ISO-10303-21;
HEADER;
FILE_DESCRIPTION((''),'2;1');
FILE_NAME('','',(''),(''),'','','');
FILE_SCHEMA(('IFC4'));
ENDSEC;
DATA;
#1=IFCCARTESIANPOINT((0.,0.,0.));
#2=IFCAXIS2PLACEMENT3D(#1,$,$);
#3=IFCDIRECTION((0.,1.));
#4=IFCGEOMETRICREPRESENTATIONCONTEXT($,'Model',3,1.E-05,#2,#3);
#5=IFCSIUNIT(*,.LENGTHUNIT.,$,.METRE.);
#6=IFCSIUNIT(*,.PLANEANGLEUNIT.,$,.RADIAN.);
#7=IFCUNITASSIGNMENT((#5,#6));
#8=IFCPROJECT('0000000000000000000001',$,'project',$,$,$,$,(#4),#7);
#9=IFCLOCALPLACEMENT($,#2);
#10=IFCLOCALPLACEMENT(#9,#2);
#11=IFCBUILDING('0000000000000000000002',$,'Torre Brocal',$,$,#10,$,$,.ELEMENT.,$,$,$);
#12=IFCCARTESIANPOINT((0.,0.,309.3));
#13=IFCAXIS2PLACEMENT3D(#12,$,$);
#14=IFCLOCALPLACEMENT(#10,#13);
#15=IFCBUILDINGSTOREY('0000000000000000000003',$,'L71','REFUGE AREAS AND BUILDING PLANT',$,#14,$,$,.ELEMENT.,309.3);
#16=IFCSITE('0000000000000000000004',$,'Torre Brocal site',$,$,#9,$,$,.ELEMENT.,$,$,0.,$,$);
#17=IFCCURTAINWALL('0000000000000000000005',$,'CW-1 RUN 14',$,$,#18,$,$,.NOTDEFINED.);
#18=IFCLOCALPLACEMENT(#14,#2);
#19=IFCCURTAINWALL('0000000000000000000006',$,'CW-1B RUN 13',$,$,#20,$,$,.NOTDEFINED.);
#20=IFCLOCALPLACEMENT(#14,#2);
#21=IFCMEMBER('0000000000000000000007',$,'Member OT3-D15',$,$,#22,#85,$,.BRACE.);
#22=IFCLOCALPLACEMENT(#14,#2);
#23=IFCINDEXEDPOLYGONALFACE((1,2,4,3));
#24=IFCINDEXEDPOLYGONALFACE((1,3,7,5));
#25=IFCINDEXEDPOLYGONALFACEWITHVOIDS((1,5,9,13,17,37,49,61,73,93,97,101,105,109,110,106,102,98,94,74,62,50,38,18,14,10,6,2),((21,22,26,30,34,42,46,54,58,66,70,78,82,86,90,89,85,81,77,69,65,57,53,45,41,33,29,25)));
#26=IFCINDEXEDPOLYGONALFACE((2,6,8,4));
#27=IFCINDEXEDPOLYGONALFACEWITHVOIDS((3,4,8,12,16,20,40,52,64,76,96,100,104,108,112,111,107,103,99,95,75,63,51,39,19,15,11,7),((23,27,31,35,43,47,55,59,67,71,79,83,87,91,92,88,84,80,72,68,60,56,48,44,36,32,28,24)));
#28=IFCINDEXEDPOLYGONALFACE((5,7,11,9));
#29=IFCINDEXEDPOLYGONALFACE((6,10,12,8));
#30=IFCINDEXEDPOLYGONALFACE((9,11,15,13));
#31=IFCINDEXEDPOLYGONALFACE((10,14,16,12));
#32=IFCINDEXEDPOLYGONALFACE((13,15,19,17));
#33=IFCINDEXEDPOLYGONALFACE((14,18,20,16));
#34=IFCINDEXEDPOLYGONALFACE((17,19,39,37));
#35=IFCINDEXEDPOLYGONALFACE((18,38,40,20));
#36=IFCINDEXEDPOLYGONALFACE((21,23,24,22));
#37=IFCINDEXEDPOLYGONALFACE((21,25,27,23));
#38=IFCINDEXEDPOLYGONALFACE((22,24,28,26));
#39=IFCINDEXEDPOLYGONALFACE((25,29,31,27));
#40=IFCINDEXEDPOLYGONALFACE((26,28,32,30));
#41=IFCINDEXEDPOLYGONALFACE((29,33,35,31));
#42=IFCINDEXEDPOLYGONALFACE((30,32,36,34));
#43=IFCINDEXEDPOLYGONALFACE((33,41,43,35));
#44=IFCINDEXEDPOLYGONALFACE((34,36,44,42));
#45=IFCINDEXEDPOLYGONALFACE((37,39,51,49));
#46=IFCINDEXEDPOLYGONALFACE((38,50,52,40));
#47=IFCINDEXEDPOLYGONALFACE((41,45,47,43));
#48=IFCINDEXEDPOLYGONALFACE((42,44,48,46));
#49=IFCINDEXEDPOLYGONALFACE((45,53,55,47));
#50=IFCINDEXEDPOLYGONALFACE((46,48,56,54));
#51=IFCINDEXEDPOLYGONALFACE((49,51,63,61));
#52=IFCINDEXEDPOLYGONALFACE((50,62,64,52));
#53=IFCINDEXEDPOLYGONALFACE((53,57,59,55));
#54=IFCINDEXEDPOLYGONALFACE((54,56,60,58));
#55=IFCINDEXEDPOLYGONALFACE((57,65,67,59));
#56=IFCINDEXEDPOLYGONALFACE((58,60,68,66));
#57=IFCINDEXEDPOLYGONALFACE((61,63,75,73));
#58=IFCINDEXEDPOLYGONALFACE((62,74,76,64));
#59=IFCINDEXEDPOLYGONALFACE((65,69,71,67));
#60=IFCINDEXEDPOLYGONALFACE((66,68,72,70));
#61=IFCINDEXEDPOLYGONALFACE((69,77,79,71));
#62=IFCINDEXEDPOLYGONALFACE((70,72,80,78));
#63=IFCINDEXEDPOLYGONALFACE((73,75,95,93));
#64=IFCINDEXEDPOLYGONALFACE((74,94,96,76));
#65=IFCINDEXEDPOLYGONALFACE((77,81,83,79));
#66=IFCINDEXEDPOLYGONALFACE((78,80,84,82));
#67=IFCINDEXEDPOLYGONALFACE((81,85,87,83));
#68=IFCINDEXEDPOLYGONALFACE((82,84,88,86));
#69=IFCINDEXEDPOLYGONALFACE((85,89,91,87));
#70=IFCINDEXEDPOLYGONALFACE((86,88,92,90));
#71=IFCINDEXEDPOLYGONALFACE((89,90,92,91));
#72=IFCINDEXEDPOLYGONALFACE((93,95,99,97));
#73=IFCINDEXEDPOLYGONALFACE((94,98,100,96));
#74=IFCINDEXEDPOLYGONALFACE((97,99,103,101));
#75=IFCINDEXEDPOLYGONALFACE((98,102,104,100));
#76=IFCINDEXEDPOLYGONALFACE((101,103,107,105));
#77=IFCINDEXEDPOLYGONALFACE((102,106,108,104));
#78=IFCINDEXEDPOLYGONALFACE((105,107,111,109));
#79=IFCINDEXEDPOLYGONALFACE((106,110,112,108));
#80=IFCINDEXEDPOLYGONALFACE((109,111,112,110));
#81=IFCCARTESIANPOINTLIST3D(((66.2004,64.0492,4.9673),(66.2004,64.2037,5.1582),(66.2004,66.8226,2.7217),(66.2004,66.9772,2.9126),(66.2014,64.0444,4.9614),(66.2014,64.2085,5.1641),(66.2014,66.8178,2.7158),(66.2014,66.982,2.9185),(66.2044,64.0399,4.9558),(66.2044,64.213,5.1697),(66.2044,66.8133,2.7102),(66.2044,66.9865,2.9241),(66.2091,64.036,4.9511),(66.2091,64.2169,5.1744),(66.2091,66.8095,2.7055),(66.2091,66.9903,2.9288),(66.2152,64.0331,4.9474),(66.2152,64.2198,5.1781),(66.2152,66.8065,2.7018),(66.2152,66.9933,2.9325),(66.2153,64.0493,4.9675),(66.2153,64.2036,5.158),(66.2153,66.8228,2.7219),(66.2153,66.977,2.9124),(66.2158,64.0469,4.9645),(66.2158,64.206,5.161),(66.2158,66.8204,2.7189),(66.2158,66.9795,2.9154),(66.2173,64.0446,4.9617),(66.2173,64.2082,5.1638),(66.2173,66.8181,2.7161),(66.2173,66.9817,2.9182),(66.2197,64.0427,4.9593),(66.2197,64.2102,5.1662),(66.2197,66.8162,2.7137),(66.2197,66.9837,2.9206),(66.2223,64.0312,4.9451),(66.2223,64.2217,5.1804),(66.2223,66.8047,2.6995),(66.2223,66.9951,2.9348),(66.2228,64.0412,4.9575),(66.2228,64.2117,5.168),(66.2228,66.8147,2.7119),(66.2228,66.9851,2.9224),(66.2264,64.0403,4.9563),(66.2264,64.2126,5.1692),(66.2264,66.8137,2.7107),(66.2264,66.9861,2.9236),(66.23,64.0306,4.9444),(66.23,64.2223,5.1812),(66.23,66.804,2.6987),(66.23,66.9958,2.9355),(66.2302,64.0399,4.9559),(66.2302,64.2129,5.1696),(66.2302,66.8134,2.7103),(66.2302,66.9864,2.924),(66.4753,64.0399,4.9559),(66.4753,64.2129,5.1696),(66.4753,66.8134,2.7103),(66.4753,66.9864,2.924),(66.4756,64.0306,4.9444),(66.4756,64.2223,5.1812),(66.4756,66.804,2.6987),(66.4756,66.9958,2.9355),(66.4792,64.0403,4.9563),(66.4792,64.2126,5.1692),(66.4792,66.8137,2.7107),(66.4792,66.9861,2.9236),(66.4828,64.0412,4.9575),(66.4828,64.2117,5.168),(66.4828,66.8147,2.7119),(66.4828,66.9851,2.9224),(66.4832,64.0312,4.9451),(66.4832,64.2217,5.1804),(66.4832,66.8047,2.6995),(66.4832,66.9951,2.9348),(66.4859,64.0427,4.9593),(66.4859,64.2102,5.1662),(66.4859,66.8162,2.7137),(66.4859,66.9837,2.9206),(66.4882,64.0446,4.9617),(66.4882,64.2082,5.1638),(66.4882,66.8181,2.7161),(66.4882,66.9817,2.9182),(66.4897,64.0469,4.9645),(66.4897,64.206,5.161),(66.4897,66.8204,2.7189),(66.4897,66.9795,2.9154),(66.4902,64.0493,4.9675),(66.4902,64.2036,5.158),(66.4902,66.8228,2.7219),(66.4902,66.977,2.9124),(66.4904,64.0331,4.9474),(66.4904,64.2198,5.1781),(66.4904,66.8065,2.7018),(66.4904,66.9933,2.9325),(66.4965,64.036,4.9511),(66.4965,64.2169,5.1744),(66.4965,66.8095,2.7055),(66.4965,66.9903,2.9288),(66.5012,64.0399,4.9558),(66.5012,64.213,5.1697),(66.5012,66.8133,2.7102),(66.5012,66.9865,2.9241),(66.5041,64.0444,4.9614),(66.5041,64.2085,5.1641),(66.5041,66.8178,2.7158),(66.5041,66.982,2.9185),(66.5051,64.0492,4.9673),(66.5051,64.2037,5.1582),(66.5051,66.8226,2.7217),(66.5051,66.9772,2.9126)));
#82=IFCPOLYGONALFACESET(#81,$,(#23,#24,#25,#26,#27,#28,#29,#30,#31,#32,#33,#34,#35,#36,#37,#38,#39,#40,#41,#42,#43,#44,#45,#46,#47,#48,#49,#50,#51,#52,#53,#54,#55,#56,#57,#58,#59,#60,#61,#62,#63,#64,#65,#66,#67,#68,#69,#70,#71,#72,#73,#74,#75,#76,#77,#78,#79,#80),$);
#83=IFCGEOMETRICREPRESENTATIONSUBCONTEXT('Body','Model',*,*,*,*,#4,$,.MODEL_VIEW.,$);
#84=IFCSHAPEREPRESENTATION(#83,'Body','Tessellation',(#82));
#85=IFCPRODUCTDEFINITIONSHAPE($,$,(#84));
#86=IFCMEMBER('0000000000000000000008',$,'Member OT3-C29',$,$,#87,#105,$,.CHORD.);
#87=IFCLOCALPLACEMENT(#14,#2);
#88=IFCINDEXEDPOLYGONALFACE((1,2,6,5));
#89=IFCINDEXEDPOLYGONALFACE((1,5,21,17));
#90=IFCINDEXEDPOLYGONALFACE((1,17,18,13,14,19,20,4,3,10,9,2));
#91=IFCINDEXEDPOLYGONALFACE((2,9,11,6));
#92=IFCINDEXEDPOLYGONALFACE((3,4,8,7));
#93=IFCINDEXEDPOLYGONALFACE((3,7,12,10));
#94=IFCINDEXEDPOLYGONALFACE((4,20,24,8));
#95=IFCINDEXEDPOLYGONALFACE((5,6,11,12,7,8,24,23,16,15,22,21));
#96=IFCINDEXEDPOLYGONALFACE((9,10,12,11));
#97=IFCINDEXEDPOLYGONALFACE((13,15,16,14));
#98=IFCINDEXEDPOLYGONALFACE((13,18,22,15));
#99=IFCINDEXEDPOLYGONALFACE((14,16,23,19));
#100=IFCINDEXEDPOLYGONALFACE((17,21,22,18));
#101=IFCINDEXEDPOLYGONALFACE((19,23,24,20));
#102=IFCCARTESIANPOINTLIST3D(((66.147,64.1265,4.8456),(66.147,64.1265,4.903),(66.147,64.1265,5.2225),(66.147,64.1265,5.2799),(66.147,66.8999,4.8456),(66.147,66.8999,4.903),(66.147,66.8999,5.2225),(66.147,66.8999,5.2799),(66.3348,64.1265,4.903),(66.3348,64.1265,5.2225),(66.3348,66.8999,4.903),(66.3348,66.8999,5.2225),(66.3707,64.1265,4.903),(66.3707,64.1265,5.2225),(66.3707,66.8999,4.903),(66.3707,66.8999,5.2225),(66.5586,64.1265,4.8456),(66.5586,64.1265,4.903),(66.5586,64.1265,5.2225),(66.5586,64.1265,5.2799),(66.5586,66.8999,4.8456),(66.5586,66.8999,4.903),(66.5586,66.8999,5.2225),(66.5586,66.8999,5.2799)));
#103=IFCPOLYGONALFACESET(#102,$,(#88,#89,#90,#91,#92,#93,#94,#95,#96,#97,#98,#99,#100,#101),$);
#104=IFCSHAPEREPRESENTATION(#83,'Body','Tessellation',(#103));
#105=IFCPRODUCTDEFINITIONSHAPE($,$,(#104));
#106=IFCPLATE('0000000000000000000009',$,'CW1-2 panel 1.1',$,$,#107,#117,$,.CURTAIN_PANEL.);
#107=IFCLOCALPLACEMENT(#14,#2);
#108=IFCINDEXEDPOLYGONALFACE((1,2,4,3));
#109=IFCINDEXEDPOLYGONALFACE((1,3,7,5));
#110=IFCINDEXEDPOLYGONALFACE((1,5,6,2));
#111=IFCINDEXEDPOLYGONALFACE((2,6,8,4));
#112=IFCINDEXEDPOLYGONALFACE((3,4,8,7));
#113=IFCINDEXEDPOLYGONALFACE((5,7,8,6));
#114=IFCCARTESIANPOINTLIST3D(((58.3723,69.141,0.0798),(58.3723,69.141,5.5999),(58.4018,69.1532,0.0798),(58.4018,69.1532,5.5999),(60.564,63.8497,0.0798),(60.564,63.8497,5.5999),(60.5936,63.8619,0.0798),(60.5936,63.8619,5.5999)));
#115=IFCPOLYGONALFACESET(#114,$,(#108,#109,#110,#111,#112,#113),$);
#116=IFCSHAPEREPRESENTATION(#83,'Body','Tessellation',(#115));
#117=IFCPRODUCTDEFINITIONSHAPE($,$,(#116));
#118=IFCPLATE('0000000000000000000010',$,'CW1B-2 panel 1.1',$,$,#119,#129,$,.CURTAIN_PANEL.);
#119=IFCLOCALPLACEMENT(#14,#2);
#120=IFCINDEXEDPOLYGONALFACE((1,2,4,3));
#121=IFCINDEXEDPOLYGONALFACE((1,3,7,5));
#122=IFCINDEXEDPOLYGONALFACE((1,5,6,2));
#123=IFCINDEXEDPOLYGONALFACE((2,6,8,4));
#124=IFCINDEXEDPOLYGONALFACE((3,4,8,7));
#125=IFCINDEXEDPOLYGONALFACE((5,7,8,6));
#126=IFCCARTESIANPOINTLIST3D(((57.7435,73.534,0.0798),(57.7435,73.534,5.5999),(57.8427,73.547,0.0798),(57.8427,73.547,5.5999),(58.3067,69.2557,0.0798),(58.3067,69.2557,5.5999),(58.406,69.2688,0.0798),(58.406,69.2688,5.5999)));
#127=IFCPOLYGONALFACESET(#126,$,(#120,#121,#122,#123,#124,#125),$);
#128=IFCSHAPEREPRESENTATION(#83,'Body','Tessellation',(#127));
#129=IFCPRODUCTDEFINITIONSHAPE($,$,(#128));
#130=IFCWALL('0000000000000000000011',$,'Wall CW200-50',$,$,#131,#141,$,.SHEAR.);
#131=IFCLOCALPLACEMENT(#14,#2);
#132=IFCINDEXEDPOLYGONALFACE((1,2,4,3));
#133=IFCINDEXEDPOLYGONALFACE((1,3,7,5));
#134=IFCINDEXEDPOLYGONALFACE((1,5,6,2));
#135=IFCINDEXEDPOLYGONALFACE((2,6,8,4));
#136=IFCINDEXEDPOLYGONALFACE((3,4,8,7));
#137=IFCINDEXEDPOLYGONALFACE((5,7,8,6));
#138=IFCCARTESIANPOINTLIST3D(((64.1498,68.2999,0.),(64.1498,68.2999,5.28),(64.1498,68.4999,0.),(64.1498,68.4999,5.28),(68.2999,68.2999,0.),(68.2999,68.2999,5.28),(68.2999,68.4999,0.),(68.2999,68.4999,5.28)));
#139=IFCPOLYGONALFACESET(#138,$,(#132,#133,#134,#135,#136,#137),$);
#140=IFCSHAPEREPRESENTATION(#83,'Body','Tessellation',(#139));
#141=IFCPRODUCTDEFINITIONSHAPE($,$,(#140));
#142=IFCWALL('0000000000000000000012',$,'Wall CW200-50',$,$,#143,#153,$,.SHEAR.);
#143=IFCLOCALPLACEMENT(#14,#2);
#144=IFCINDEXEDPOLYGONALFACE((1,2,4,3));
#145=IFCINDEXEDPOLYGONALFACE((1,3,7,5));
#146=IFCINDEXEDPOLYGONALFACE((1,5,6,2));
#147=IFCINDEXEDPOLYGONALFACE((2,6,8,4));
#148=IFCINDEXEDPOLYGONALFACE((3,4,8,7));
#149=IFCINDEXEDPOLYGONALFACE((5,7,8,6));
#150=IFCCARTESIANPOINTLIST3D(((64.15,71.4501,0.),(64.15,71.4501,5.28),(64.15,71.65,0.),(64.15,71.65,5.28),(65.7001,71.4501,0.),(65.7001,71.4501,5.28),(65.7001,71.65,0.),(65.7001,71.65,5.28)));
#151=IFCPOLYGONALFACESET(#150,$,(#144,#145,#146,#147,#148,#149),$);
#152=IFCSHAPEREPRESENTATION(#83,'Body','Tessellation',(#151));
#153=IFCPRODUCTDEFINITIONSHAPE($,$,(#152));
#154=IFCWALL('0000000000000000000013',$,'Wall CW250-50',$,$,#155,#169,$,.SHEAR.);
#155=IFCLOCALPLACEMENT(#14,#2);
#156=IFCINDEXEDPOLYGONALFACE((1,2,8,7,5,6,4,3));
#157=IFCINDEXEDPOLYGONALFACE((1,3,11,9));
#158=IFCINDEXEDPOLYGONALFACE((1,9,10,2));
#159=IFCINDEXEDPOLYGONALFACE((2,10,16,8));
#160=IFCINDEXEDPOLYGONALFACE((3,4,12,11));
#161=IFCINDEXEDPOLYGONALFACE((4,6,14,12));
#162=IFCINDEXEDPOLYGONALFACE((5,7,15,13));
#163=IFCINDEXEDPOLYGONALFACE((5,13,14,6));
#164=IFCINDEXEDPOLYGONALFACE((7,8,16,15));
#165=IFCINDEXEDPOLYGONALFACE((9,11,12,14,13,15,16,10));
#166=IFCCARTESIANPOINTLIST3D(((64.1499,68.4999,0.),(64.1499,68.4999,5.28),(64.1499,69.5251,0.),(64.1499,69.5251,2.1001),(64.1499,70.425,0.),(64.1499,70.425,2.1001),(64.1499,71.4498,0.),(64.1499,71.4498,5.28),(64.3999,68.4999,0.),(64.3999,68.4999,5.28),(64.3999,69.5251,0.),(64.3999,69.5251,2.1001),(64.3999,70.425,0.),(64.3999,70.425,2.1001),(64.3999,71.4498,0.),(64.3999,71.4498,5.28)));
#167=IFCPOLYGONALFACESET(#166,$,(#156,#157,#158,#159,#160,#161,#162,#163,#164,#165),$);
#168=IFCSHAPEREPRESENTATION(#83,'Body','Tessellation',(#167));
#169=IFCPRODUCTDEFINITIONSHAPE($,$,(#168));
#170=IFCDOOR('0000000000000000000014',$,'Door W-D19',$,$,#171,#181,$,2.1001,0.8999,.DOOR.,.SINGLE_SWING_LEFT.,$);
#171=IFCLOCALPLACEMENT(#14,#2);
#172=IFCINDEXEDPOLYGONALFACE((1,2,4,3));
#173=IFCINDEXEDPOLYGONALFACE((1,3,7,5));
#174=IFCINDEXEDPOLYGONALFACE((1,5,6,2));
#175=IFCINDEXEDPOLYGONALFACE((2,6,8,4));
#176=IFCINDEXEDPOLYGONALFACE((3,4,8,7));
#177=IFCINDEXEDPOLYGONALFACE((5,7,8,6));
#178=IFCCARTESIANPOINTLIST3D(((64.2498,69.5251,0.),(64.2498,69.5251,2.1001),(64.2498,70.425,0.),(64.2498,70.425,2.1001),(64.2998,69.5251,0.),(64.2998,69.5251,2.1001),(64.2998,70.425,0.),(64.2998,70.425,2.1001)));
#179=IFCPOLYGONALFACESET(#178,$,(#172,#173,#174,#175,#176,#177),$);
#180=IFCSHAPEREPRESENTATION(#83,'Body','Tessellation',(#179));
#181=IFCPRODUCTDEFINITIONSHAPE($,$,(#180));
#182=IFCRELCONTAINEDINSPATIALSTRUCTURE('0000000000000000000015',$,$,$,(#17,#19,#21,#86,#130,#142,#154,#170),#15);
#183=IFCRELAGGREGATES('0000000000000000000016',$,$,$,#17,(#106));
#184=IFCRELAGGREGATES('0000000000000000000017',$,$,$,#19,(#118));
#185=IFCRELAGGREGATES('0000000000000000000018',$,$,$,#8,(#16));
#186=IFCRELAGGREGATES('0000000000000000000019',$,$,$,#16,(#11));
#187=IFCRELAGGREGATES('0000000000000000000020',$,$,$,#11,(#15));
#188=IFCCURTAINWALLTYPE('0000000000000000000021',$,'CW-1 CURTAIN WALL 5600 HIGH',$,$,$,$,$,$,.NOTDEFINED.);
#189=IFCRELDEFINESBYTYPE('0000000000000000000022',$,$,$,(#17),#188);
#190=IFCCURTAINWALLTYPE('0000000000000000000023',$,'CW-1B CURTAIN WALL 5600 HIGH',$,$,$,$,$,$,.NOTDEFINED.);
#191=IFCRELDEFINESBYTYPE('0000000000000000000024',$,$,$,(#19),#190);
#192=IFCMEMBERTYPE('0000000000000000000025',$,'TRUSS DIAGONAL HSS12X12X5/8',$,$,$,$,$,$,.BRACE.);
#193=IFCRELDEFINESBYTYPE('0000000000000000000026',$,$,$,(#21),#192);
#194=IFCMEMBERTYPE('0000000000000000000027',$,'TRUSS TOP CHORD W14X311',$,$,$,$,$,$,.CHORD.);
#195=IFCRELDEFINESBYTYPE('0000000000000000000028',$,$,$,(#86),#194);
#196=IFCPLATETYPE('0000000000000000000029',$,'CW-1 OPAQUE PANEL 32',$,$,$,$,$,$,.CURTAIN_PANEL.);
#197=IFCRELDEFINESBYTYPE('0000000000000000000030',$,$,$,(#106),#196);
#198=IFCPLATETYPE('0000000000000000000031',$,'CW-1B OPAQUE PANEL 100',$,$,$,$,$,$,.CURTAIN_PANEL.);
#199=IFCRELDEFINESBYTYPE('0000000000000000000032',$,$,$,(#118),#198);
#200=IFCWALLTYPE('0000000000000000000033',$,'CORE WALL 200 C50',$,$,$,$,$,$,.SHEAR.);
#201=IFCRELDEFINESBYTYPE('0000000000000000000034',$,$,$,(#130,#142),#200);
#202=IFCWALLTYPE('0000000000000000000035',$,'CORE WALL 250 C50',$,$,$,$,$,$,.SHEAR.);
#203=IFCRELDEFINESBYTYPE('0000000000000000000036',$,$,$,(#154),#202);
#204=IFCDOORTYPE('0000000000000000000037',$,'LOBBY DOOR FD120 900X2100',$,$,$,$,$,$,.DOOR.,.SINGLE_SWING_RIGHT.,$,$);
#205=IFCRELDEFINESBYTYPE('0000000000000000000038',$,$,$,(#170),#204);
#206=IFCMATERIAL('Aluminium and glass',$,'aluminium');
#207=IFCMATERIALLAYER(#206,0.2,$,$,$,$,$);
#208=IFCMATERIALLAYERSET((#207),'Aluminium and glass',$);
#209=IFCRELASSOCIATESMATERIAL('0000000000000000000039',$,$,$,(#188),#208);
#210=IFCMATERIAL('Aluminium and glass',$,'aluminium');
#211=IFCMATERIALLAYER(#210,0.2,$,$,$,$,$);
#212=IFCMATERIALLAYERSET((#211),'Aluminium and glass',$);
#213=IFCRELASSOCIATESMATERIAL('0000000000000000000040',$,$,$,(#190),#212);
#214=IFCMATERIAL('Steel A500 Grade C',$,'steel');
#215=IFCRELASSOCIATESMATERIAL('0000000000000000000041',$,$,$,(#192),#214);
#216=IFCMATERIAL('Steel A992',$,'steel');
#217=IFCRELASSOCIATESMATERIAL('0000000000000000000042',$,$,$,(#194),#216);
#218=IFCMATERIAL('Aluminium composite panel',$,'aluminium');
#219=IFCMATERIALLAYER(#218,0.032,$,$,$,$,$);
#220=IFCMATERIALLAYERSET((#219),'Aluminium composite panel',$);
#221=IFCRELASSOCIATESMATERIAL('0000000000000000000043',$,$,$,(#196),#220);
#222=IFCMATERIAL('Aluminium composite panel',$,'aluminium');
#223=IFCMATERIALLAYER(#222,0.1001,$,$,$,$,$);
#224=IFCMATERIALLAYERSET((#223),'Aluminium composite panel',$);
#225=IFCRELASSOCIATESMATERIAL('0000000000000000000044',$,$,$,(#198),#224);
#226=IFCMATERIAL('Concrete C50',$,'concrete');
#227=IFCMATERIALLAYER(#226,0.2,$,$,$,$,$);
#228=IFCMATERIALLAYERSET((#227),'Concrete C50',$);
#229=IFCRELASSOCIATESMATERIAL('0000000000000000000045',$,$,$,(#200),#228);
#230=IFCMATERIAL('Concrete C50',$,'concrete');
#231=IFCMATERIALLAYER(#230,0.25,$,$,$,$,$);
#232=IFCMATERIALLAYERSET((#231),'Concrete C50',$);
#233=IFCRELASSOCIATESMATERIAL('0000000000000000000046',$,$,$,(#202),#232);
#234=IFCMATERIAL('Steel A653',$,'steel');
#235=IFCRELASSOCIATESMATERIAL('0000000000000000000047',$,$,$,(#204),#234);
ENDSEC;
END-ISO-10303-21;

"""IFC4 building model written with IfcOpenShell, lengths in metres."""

from ifc_helpers import new_model, si_unit, direction, frame, frame_2d, origin, origin_2d, place, context, subcontext, project, spatial, rectangle, hollow_rectangle, i_section, extrude, material, layer, layer_set, material_profile, profile_set, type_object, element, fill, aggregate, save


model = new_model("IFC4")

# Units and contexts
model_context = context("Model", 3, precision=1e-05, world=origin(), true_north=direction((0.0, 1.0)))
body_context = subcontext(model_context, "Body", "Model", "MODEL_VIEW")
ifc_project = project(units=[si_unit("LENGTHUNIT", "METRE"), si_unit("PLANEANGLEUNIT", "RADIAN")], contexts=[model_context])

# Site, building, storey
site_placement = place(None, origin())
site = spatial("IfcSite", under=ifc_project, at=site_placement, Name="Torre Brocal site", CompositionType="ELEMENT", RefElevation=0.0)
building_placement = place(site_placement, origin())
building = spatial("IfcBuilding", under=site, at=building_placement, Name="Torre Brocal", CompositionType="ELEMENT")
storey_placement = place(building_placement, frame((0.0, 0.0, 309.3)))
storey = spatial("IfcBuildingStorey", under=building, at=storey_placement, Name="L71", Description="REFUGE AREAS AND BUILDING PLANT", CompositionType="ELEMENT", Elevation=309.3)

# Curtain wall
ifc_material_1 = material(Name="Aluminium and glass", Category="aluminium")
ifc_layer_1 = layer(ifc_material_1, 0.2)
ifc_layer_set_1 = layer_set([ifc_layer_1], Name="Aluminium and glass")
curtain_wall_type_1 = type_object("IfcCurtainWallType", Name="CW-1 CURTAIN WALL 5600 HIGH", PredefinedType="NOTDEFINED", material=ifc_layer_set_1)
curtain_wall_1_placement = place(storey_placement, origin())
curtain_wall_1 = element("IfcCurtainWall", 1, at=curtain_wall_1_placement, inside=storey, type_object=curtain_wall_type_1, Name="CW-1 RUN 14", PredefinedType="NOTDEFINED")

# Curtain wall
ifc_material_2 = material(Name="Aluminium and glass", Category="aluminium")
ifc_layer_2 = layer(ifc_material_2, 0.2)
ifc_layer_set_2 = layer_set([ifc_layer_2], Name="Aluminium and glass")
curtain_wall_type_2 = type_object("IfcCurtainWallType", Name="CW-1B CURTAIN WALL 5600 HIGH", PredefinedType="NOTDEFINED", material=ifc_layer_set_2)
curtain_wall_2_placement = place(storey_placement, origin())
curtain_wall_2 = element("IfcCurtainWall", 2, at=curtain_wall_2_placement, inside=storey, type_object=curtain_wall_type_2, Name="CW-1B RUN 13", PredefinedType="NOTDEFINED")

# Members
ifc_material_3 = material(Name="Steel A500 Grade C", Category="steel")
ifc_material_profile_1 = material_profile(ifc_material_3, hollow_rectangle(XDim=0.3047, YDim=0.3047, WallThickness=0.0149, InnerFilletRadius=0.0149, OuterFilletRadius=0.0295, at=origin_2d()), Name="HSS12X12X5/8")
ifc_profile_set_1 = profile_set([ifc_material_profile_1], Name="Steel A500 Grade C")
member_type_1 = type_object("IfcMemberType", Name="TRUSS DIAGONAL HSS12X12X5/8", PredefinedType="BRACE", material=ifc_profile_set_1)
member_1_placement = place(storey_placement, frame((66.3528, 66.8999, 2.8171), z_axis=(0.0, -0.777184, 0.629273), x_axis=(1.0, 0.0, 0.0)))
element("IfcMember", 3, at=member_1_placement, inside=storey, type_object=member_type_1, Name="Member OT3-D15", PredefinedType="BRACE", context=body_context, shape_type="SweptSolid", body=[
    extrude(hollow_rectangle(XDim=0.3047, YDim=0.3047, WallThickness=0.0149, InnerFilletRadius=0.0149, OuterFilletRadius=0.0295, at=origin_2d()), origin(), (0.0, 0.0, 1.0), 3.5686),
])
ifc_material_4 = material(Name="Steel A992", Category="steel")
ifc_material_profile_2 = material_profile(ifc_material_4, i_section(OverallWidth=0.4116, OverallDepth=0.4343, WebThickness=0.0359, FlangeThickness=0.0574, at=origin_2d()), Name="W14X311")
ifc_profile_set_2 = profile_set([ifc_material_profile_2], Name="Steel A992")
member_type_2 = type_object("IfcMemberType", Name="TRUSS TOP CHORD W14X311", PredefinedType="CHORD", material=ifc_profile_set_2)
member_2_placement = place(storey_placement, frame((66.3528, 66.8999, 5.0627), z_axis=(0.0, -1.0, 0.0), x_axis=(1.0, 0.0, 0.0)))
element("IfcMember", 4, at=member_2_placement, inside=storey, type_object=member_type_2, Name="Member OT3-C29", PredefinedType="CHORD", context=body_context, shape_type="SweptSolid", body=[
    extrude(i_section(OverallWidth=0.4116, OverallDepth=0.4343, WebThickness=0.0359, FlangeThickness=0.0574, at=origin_2d()), origin(), (0.0, 0.0, 1.0), 2.7734),
])

# Plates
ifc_material_5 = material(Name="Aluminium composite panel", Category="aluminium")
ifc_layer_3 = layer(ifc_material_5, 0.032)
ifc_layer_set_3 = layer_set([ifc_layer_3], Name="Aluminium composite panel")
plate_type_1 = type_object("IfcPlateType", Name="CW-1 OPAQUE PANEL 32", PredefinedType="CURTAIN_PANEL", material=ifc_layer_set_3)
plate_1_placement = place(storey_placement, frame((59.4829, 66.5015, 0.0798), z_axis=(0.0, 0.0, 1.0), x_axis=(0.382683, -0.92388, 0.0)))
plate_1 = element("IfcPlate", 5, at=plate_1_placement, type_object=plate_type_1, Name="CW1-2 panel 1.1", PredefinedType="CURTAIN_PANEL", context=body_context, shape_type="SweptSolid", body=[
    extrude(rectangle(XDim=5.7273, YDim=0.032, at=origin_2d()), origin(), (0.0, 0.0, 1.0), 5.52),
])
aggregate(curtain_wall_1, [plate_1])
ifc_material_6 = material(Name="Aluminium composite panel", Category="aluminium")
ifc_layer_4 = layer(ifc_material_6, 0.1001)
ifc_layer_set_4 = layer_set([ifc_layer_4], Name="Aluminium composite panel")
plate_type_2 = type_object("IfcPlateType", Name="CW-1B OPAQUE PANEL 100", PredefinedType="CURTAIN_PANEL", material=ifc_layer_set_4)
plate_2_placement = place(storey_placement, frame((58.0747, 71.4014, 0.0798), z_axis=(0.0, 0.0, 1.0), x_axis=(0.130526, -0.991445, 0.0)))
plate_2 = element("IfcPlate", 6, at=plate_2_placement, type_object=plate_type_2, Name="CW1B-2 panel 1.1", PredefinedType="CURTAIN_PANEL", context=body_context, shape_type="SweptSolid", body=[
    extrude(rectangle(XDim=4.3152, YDim=0.1001, at=origin_2d()), origin(), (0.0, 0.0, 1.0), 5.52),
])
aggregate(curtain_wall_2, [plate_2])

# Walls
ifc_material_7 = material(Name="Concrete C50", Category="concrete")
ifc_layer_5 = layer(ifc_material_7, 0.2)
ifc_layer_set_5 = layer_set([ifc_layer_5], Name="Concrete C50")
wall_type_1 = type_object("IfcWallType", Name="CORE WALL 200 C50", PredefinedType="SHEAR", material=ifc_layer_set_5)
wall_1_placement = place(storey_placement, frame((68.3, 68.3999, 0.0), z_axis=(0.0, 0.0, 1.0), x_axis=(-1.0, 0.0, 0.0)))
element("IfcWall", 7, at=wall_1_placement, inside=storey, type_object=wall_type_1, Name="Wall CW200-50", PredefinedType="SHEAR", context=body_context, shape_type="SweptSolid", body=[
    extrude(rectangle(XDim=4.1501, YDim=0.2, at=frame_2d((2.0752, 0.0))), origin(), (0.0, 0.0, 1.0), 5.28),
])
wall_2_placement = place(storey_placement, frame((65.7, 71.55, 0.0), z_axis=(0.0, 0.0, 1.0), x_axis=(-1.0, 0.0, 0.0)))
element("IfcWall", 8, at=wall_2_placement, inside=storey, type_object=wall_type_1, Name="Wall CW200-50", PredefinedType="SHEAR", context=body_context, shape_type="SweptSolid", body=[
    extrude(rectangle(XDim=1.55, YDim=0.2, at=frame_2d((0.7749, 0.0))), origin(), (0.0, 0.0, 1.0), 5.28),
])

# Wall, opening, door
ifc_material_8 = material(Name="Concrete C50", Category="concrete")
ifc_layer_6 = layer(ifc_material_8, 0.25)
ifc_layer_set_6 = layer_set([ifc_layer_6], Name="Concrete C50")
wall_type_2 = type_object("IfcWallType", Name="CORE WALL 250 C50", PredefinedType="SHEAR", material=ifc_layer_set_6)
wall_3_placement = place(storey_placement, frame((64.2749, 71.45, 0.0), z_axis=(0.0, 0.0, 1.0), x_axis=(0.0, -1.0, 0.0)))
wall_3 = element("IfcWall", 9, at=wall_3_placement, inside=storey, type_object=wall_type_2, Name="Wall CW250-50", PredefinedType="SHEAR", context=body_context, shape_type="SweptSolid", body=[
    extrude(rectangle(XDim=2.95, YDim=0.25, at=frame_2d((1.4751, 0.0))), origin(), (0.0, 0.0, 1.0), 5.28),
])
opening_1_placement = place(wall_3_placement, frame((1.0249, 0.0, 0.0)))
opening_1 = element("IfcOpeningElement", 10, at=opening_1_placement, cuts=wall_3, PredefinedType="OPENING", context=body_context, shape_type="SweptSolid", body=[
    extrude(rectangle(XDim=0.8999, YDim=2.1001, at=frame_2d((0.45, 1.05))), frame((0.0, 0.135, 0.0), z_axis=(0.0, -1.0, 0.0), x_axis=(1.0, 0.0, 0.0)), (0.0, 0.0, 1.0), 0.27),
])
ifc_material_9 = material(Name="Steel A653", Category="steel")
door_type_1 = type_object("IfcDoorType", Name="LOBBY DOOR FD120 900X2100", OperationType="SINGLE_SWING_RIGHT", PredefinedType="DOOR", material=ifc_material_9)
door_1_placement = place(opening_1_placement, origin())
door_1 = element("IfcDoor", 11, at=door_1_placement, inside=storey, type_object=door_type_1, Name="Door W-D19", OperationType="SINGLE_SWING_LEFT", OverallHeight=2.1001, OverallWidth=0.8999, PredefinedType="DOOR", context=body_context, shape_type="SweptSolid", body=[
    extrude(rectangle(XDim=0.8999, YDim=2.1001, at=frame_2d((0.45, 1.05))), frame((0.0, 0.0249, 0.0), z_axis=(0.0, -1.0, 0.0), x_axis=(1.0, 0.0, 0.0)), (0.0, 0.0, 1.0), 0.05),
])
fill(opening_1, door_1)

save(model, "model.ifc")
